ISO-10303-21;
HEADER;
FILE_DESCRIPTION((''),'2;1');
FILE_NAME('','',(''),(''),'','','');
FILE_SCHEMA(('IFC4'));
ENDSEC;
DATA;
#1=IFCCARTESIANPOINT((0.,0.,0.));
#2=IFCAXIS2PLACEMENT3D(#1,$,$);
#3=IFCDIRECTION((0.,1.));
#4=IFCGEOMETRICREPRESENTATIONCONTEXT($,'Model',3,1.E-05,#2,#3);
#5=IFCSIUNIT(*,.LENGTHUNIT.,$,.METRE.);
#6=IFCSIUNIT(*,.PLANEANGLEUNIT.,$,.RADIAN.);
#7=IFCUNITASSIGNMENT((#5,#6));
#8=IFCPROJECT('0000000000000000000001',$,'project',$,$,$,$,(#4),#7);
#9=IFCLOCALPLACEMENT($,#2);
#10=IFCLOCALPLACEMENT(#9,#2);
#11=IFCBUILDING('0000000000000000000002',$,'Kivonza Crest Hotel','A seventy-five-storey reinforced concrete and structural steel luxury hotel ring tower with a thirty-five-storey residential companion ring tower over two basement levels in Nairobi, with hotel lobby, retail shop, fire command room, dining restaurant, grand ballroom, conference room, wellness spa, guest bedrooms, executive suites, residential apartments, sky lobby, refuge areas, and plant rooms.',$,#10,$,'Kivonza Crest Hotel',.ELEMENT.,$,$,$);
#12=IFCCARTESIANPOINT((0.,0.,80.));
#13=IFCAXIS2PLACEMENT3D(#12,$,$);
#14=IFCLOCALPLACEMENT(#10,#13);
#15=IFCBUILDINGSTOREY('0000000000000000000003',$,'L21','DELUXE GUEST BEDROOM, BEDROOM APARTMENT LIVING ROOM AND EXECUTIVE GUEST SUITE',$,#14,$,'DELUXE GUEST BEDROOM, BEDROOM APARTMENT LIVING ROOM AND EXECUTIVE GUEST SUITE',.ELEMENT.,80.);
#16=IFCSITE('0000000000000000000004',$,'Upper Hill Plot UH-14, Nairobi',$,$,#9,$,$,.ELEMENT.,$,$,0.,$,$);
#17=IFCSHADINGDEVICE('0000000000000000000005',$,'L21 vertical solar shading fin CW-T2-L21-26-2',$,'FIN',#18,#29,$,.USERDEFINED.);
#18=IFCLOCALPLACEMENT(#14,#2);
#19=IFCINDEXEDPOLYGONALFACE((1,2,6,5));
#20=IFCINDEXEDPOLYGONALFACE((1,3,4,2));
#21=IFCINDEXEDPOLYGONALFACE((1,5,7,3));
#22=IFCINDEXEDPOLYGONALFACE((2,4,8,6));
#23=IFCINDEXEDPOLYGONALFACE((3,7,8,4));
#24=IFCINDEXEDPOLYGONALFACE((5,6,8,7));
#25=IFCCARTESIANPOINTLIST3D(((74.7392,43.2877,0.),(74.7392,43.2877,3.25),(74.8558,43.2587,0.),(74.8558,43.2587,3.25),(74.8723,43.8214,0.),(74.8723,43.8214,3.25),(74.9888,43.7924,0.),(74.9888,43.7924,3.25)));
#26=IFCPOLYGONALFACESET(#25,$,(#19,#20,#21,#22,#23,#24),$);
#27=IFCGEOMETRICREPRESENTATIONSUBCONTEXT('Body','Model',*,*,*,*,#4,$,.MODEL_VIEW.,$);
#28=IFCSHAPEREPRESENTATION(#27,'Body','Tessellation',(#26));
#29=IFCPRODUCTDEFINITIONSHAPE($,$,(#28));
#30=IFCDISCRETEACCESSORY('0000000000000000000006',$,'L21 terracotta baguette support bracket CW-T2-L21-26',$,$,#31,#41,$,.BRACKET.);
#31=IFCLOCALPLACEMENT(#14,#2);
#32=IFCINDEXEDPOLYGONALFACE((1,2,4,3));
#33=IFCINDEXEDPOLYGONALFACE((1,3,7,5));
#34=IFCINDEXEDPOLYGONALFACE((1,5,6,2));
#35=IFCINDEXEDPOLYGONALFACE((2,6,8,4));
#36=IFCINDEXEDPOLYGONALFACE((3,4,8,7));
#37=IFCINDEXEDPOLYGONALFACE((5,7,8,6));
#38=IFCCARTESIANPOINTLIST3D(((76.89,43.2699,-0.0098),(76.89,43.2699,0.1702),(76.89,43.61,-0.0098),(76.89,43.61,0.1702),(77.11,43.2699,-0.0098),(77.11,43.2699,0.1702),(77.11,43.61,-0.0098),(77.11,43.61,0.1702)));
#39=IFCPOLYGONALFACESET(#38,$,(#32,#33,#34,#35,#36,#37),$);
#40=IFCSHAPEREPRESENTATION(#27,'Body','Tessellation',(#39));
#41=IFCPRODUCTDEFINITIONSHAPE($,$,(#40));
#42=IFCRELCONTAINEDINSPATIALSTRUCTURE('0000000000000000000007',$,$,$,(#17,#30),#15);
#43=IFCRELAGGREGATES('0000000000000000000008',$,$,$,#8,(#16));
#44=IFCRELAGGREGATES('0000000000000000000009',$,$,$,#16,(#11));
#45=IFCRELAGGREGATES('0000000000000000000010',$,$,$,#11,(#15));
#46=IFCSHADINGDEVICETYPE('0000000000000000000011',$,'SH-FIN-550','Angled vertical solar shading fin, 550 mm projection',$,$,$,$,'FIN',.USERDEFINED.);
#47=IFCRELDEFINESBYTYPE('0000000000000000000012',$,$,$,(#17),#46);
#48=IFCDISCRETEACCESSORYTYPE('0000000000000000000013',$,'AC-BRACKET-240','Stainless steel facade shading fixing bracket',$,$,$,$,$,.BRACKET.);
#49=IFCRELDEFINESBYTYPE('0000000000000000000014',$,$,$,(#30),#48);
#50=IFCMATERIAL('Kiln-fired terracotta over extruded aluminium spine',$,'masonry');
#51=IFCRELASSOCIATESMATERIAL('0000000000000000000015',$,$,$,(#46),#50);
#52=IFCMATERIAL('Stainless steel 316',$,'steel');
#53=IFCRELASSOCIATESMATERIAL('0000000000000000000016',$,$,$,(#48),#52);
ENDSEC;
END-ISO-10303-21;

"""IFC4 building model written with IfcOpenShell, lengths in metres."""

from ifc_helpers import new_model, si_unit, direction, frame, origin, origin_2d, place, context, subcontext, project, spatial, rectangle, extrude, material, type_object, element, save


model = new_model("IFC4")

# Units and contexts
model_context = context("Model", 3, precision=1e-05, world=origin(), true_north=direction((0.0, 1.0)))
body_context = subcontext(model_context, "Body", "Model", "MODEL_VIEW")
ifc_project = project(units=[si_unit("LENGTHUNIT", "METRE"), si_unit("PLANEANGLEUNIT", "RADIAN")], contexts=[model_context])

# Site, building, storey
site_placement = place(None, origin())
site = spatial("IfcSite", under=ifc_project, at=site_placement, Name="Upper Hill Plot UH-14, Nairobi", CompositionType="ELEMENT", RefElevation=0.0)
building_placement = place(site_placement, origin())
building = spatial("IfcBuilding", under=site, at=building_placement, Name="Kivonza Crest Hotel", Description="A seventy-five-storey reinforced concrete and structural steel luxury hotel ring tower with a thirty-five-storey residential companion ring tower over two basement levels in Nairobi, with hotel lobby, retail shop, fire command room, dining restaurant, grand ballroom, conference room, wellness spa, guest bedrooms, executive suites, residential apartments, sky lobby, refuge areas, and plant rooms.", LongName="Kivonza Crest Hotel", CompositionType="ELEMENT")
storey_placement = place(building_placement, frame((0.0, 0.0, 80.0)))
storey = spatial("IfcBuildingStorey", under=building, at=storey_placement, Name="L21", Description="DELUXE GUEST BEDROOM, BEDROOM APARTMENT LIVING ROOM AND EXECUTIVE GUEST SUITE", LongName="DELUXE GUEST BEDROOM, BEDROOM APARTMENT LIVING ROOM AND EXECUTIVE GUEST SUITE", CompositionType="ELEMENT", Elevation=80.0)

# Shading device
ifc_material_1 = material(Name="Kiln-fired terracotta over extruded aluminium spine", Category="masonry")
shading_device_type_1 = type_object("IfcShadingDeviceType", Name="SH-FIN-550", Description="Angled vertical solar shading fin, 550 mm projection", ElementType="FIN", PredefinedType="USERDEFINED", material=ifc_material_1)
for number, where, z_axis, x_axis, name in (
    (1, (74.864, 43.54, 0.0), (0.0, 0.0, 1.0), (-0.970296, 0.241922, 0.0), "L21 vertical solar shading fin CW-T2-L21-26-2"),
):
    element("IfcShadingDevice", number, at=place(storey_placement, frame(where, z_axis=z_axis, x_axis=x_axis)), inside=storey, type_object=shading_device_type_1, Name=name, ObjectType="FIN", PredefinedType="USERDEFINED", context=body_context, shape_type="SweptSolid", body=[
        extrude(rectangle(XDim=0.1201, YDim=0.55, at=origin_2d()), origin(), (0.0, 0.0, 1.0), 3.25),
    ])

# Discrete accessory
ifc_material_2 = material(Name="Stainless steel 316", Category="steel")
discrete_accessory_type = type_object("IfcDiscreteAccessoryType", Name="AC-BRACKET-240", Description="Stainless steel facade shading fixing bracket", PredefinedType="BRACKET", material=ifc_material_2)
discrete_accessory_placement = place(storey_placement, frame((77.0, 43.4399, -0.0098), z_axis=(0.0, 0.0, 1.0), x_axis=(-1.0, 0.0, 0.0)))
element("IfcDiscreteAccessory", 2, at=discrete_accessory_placement, inside=storey, type_object=discrete_accessory_type, Name="L21 terracotta baguette support bracket CW-T2-L21-26", PredefinedType="BRACKET", context=body_context, shape_type="SweptSolid", body=[
    extrude(rectangle(XDim=0.22, YDim=0.3401, at=origin_2d()), origin(), (0.0, 0.0, 1.0), 0.1799),
])

save(model, "model.ifc")
